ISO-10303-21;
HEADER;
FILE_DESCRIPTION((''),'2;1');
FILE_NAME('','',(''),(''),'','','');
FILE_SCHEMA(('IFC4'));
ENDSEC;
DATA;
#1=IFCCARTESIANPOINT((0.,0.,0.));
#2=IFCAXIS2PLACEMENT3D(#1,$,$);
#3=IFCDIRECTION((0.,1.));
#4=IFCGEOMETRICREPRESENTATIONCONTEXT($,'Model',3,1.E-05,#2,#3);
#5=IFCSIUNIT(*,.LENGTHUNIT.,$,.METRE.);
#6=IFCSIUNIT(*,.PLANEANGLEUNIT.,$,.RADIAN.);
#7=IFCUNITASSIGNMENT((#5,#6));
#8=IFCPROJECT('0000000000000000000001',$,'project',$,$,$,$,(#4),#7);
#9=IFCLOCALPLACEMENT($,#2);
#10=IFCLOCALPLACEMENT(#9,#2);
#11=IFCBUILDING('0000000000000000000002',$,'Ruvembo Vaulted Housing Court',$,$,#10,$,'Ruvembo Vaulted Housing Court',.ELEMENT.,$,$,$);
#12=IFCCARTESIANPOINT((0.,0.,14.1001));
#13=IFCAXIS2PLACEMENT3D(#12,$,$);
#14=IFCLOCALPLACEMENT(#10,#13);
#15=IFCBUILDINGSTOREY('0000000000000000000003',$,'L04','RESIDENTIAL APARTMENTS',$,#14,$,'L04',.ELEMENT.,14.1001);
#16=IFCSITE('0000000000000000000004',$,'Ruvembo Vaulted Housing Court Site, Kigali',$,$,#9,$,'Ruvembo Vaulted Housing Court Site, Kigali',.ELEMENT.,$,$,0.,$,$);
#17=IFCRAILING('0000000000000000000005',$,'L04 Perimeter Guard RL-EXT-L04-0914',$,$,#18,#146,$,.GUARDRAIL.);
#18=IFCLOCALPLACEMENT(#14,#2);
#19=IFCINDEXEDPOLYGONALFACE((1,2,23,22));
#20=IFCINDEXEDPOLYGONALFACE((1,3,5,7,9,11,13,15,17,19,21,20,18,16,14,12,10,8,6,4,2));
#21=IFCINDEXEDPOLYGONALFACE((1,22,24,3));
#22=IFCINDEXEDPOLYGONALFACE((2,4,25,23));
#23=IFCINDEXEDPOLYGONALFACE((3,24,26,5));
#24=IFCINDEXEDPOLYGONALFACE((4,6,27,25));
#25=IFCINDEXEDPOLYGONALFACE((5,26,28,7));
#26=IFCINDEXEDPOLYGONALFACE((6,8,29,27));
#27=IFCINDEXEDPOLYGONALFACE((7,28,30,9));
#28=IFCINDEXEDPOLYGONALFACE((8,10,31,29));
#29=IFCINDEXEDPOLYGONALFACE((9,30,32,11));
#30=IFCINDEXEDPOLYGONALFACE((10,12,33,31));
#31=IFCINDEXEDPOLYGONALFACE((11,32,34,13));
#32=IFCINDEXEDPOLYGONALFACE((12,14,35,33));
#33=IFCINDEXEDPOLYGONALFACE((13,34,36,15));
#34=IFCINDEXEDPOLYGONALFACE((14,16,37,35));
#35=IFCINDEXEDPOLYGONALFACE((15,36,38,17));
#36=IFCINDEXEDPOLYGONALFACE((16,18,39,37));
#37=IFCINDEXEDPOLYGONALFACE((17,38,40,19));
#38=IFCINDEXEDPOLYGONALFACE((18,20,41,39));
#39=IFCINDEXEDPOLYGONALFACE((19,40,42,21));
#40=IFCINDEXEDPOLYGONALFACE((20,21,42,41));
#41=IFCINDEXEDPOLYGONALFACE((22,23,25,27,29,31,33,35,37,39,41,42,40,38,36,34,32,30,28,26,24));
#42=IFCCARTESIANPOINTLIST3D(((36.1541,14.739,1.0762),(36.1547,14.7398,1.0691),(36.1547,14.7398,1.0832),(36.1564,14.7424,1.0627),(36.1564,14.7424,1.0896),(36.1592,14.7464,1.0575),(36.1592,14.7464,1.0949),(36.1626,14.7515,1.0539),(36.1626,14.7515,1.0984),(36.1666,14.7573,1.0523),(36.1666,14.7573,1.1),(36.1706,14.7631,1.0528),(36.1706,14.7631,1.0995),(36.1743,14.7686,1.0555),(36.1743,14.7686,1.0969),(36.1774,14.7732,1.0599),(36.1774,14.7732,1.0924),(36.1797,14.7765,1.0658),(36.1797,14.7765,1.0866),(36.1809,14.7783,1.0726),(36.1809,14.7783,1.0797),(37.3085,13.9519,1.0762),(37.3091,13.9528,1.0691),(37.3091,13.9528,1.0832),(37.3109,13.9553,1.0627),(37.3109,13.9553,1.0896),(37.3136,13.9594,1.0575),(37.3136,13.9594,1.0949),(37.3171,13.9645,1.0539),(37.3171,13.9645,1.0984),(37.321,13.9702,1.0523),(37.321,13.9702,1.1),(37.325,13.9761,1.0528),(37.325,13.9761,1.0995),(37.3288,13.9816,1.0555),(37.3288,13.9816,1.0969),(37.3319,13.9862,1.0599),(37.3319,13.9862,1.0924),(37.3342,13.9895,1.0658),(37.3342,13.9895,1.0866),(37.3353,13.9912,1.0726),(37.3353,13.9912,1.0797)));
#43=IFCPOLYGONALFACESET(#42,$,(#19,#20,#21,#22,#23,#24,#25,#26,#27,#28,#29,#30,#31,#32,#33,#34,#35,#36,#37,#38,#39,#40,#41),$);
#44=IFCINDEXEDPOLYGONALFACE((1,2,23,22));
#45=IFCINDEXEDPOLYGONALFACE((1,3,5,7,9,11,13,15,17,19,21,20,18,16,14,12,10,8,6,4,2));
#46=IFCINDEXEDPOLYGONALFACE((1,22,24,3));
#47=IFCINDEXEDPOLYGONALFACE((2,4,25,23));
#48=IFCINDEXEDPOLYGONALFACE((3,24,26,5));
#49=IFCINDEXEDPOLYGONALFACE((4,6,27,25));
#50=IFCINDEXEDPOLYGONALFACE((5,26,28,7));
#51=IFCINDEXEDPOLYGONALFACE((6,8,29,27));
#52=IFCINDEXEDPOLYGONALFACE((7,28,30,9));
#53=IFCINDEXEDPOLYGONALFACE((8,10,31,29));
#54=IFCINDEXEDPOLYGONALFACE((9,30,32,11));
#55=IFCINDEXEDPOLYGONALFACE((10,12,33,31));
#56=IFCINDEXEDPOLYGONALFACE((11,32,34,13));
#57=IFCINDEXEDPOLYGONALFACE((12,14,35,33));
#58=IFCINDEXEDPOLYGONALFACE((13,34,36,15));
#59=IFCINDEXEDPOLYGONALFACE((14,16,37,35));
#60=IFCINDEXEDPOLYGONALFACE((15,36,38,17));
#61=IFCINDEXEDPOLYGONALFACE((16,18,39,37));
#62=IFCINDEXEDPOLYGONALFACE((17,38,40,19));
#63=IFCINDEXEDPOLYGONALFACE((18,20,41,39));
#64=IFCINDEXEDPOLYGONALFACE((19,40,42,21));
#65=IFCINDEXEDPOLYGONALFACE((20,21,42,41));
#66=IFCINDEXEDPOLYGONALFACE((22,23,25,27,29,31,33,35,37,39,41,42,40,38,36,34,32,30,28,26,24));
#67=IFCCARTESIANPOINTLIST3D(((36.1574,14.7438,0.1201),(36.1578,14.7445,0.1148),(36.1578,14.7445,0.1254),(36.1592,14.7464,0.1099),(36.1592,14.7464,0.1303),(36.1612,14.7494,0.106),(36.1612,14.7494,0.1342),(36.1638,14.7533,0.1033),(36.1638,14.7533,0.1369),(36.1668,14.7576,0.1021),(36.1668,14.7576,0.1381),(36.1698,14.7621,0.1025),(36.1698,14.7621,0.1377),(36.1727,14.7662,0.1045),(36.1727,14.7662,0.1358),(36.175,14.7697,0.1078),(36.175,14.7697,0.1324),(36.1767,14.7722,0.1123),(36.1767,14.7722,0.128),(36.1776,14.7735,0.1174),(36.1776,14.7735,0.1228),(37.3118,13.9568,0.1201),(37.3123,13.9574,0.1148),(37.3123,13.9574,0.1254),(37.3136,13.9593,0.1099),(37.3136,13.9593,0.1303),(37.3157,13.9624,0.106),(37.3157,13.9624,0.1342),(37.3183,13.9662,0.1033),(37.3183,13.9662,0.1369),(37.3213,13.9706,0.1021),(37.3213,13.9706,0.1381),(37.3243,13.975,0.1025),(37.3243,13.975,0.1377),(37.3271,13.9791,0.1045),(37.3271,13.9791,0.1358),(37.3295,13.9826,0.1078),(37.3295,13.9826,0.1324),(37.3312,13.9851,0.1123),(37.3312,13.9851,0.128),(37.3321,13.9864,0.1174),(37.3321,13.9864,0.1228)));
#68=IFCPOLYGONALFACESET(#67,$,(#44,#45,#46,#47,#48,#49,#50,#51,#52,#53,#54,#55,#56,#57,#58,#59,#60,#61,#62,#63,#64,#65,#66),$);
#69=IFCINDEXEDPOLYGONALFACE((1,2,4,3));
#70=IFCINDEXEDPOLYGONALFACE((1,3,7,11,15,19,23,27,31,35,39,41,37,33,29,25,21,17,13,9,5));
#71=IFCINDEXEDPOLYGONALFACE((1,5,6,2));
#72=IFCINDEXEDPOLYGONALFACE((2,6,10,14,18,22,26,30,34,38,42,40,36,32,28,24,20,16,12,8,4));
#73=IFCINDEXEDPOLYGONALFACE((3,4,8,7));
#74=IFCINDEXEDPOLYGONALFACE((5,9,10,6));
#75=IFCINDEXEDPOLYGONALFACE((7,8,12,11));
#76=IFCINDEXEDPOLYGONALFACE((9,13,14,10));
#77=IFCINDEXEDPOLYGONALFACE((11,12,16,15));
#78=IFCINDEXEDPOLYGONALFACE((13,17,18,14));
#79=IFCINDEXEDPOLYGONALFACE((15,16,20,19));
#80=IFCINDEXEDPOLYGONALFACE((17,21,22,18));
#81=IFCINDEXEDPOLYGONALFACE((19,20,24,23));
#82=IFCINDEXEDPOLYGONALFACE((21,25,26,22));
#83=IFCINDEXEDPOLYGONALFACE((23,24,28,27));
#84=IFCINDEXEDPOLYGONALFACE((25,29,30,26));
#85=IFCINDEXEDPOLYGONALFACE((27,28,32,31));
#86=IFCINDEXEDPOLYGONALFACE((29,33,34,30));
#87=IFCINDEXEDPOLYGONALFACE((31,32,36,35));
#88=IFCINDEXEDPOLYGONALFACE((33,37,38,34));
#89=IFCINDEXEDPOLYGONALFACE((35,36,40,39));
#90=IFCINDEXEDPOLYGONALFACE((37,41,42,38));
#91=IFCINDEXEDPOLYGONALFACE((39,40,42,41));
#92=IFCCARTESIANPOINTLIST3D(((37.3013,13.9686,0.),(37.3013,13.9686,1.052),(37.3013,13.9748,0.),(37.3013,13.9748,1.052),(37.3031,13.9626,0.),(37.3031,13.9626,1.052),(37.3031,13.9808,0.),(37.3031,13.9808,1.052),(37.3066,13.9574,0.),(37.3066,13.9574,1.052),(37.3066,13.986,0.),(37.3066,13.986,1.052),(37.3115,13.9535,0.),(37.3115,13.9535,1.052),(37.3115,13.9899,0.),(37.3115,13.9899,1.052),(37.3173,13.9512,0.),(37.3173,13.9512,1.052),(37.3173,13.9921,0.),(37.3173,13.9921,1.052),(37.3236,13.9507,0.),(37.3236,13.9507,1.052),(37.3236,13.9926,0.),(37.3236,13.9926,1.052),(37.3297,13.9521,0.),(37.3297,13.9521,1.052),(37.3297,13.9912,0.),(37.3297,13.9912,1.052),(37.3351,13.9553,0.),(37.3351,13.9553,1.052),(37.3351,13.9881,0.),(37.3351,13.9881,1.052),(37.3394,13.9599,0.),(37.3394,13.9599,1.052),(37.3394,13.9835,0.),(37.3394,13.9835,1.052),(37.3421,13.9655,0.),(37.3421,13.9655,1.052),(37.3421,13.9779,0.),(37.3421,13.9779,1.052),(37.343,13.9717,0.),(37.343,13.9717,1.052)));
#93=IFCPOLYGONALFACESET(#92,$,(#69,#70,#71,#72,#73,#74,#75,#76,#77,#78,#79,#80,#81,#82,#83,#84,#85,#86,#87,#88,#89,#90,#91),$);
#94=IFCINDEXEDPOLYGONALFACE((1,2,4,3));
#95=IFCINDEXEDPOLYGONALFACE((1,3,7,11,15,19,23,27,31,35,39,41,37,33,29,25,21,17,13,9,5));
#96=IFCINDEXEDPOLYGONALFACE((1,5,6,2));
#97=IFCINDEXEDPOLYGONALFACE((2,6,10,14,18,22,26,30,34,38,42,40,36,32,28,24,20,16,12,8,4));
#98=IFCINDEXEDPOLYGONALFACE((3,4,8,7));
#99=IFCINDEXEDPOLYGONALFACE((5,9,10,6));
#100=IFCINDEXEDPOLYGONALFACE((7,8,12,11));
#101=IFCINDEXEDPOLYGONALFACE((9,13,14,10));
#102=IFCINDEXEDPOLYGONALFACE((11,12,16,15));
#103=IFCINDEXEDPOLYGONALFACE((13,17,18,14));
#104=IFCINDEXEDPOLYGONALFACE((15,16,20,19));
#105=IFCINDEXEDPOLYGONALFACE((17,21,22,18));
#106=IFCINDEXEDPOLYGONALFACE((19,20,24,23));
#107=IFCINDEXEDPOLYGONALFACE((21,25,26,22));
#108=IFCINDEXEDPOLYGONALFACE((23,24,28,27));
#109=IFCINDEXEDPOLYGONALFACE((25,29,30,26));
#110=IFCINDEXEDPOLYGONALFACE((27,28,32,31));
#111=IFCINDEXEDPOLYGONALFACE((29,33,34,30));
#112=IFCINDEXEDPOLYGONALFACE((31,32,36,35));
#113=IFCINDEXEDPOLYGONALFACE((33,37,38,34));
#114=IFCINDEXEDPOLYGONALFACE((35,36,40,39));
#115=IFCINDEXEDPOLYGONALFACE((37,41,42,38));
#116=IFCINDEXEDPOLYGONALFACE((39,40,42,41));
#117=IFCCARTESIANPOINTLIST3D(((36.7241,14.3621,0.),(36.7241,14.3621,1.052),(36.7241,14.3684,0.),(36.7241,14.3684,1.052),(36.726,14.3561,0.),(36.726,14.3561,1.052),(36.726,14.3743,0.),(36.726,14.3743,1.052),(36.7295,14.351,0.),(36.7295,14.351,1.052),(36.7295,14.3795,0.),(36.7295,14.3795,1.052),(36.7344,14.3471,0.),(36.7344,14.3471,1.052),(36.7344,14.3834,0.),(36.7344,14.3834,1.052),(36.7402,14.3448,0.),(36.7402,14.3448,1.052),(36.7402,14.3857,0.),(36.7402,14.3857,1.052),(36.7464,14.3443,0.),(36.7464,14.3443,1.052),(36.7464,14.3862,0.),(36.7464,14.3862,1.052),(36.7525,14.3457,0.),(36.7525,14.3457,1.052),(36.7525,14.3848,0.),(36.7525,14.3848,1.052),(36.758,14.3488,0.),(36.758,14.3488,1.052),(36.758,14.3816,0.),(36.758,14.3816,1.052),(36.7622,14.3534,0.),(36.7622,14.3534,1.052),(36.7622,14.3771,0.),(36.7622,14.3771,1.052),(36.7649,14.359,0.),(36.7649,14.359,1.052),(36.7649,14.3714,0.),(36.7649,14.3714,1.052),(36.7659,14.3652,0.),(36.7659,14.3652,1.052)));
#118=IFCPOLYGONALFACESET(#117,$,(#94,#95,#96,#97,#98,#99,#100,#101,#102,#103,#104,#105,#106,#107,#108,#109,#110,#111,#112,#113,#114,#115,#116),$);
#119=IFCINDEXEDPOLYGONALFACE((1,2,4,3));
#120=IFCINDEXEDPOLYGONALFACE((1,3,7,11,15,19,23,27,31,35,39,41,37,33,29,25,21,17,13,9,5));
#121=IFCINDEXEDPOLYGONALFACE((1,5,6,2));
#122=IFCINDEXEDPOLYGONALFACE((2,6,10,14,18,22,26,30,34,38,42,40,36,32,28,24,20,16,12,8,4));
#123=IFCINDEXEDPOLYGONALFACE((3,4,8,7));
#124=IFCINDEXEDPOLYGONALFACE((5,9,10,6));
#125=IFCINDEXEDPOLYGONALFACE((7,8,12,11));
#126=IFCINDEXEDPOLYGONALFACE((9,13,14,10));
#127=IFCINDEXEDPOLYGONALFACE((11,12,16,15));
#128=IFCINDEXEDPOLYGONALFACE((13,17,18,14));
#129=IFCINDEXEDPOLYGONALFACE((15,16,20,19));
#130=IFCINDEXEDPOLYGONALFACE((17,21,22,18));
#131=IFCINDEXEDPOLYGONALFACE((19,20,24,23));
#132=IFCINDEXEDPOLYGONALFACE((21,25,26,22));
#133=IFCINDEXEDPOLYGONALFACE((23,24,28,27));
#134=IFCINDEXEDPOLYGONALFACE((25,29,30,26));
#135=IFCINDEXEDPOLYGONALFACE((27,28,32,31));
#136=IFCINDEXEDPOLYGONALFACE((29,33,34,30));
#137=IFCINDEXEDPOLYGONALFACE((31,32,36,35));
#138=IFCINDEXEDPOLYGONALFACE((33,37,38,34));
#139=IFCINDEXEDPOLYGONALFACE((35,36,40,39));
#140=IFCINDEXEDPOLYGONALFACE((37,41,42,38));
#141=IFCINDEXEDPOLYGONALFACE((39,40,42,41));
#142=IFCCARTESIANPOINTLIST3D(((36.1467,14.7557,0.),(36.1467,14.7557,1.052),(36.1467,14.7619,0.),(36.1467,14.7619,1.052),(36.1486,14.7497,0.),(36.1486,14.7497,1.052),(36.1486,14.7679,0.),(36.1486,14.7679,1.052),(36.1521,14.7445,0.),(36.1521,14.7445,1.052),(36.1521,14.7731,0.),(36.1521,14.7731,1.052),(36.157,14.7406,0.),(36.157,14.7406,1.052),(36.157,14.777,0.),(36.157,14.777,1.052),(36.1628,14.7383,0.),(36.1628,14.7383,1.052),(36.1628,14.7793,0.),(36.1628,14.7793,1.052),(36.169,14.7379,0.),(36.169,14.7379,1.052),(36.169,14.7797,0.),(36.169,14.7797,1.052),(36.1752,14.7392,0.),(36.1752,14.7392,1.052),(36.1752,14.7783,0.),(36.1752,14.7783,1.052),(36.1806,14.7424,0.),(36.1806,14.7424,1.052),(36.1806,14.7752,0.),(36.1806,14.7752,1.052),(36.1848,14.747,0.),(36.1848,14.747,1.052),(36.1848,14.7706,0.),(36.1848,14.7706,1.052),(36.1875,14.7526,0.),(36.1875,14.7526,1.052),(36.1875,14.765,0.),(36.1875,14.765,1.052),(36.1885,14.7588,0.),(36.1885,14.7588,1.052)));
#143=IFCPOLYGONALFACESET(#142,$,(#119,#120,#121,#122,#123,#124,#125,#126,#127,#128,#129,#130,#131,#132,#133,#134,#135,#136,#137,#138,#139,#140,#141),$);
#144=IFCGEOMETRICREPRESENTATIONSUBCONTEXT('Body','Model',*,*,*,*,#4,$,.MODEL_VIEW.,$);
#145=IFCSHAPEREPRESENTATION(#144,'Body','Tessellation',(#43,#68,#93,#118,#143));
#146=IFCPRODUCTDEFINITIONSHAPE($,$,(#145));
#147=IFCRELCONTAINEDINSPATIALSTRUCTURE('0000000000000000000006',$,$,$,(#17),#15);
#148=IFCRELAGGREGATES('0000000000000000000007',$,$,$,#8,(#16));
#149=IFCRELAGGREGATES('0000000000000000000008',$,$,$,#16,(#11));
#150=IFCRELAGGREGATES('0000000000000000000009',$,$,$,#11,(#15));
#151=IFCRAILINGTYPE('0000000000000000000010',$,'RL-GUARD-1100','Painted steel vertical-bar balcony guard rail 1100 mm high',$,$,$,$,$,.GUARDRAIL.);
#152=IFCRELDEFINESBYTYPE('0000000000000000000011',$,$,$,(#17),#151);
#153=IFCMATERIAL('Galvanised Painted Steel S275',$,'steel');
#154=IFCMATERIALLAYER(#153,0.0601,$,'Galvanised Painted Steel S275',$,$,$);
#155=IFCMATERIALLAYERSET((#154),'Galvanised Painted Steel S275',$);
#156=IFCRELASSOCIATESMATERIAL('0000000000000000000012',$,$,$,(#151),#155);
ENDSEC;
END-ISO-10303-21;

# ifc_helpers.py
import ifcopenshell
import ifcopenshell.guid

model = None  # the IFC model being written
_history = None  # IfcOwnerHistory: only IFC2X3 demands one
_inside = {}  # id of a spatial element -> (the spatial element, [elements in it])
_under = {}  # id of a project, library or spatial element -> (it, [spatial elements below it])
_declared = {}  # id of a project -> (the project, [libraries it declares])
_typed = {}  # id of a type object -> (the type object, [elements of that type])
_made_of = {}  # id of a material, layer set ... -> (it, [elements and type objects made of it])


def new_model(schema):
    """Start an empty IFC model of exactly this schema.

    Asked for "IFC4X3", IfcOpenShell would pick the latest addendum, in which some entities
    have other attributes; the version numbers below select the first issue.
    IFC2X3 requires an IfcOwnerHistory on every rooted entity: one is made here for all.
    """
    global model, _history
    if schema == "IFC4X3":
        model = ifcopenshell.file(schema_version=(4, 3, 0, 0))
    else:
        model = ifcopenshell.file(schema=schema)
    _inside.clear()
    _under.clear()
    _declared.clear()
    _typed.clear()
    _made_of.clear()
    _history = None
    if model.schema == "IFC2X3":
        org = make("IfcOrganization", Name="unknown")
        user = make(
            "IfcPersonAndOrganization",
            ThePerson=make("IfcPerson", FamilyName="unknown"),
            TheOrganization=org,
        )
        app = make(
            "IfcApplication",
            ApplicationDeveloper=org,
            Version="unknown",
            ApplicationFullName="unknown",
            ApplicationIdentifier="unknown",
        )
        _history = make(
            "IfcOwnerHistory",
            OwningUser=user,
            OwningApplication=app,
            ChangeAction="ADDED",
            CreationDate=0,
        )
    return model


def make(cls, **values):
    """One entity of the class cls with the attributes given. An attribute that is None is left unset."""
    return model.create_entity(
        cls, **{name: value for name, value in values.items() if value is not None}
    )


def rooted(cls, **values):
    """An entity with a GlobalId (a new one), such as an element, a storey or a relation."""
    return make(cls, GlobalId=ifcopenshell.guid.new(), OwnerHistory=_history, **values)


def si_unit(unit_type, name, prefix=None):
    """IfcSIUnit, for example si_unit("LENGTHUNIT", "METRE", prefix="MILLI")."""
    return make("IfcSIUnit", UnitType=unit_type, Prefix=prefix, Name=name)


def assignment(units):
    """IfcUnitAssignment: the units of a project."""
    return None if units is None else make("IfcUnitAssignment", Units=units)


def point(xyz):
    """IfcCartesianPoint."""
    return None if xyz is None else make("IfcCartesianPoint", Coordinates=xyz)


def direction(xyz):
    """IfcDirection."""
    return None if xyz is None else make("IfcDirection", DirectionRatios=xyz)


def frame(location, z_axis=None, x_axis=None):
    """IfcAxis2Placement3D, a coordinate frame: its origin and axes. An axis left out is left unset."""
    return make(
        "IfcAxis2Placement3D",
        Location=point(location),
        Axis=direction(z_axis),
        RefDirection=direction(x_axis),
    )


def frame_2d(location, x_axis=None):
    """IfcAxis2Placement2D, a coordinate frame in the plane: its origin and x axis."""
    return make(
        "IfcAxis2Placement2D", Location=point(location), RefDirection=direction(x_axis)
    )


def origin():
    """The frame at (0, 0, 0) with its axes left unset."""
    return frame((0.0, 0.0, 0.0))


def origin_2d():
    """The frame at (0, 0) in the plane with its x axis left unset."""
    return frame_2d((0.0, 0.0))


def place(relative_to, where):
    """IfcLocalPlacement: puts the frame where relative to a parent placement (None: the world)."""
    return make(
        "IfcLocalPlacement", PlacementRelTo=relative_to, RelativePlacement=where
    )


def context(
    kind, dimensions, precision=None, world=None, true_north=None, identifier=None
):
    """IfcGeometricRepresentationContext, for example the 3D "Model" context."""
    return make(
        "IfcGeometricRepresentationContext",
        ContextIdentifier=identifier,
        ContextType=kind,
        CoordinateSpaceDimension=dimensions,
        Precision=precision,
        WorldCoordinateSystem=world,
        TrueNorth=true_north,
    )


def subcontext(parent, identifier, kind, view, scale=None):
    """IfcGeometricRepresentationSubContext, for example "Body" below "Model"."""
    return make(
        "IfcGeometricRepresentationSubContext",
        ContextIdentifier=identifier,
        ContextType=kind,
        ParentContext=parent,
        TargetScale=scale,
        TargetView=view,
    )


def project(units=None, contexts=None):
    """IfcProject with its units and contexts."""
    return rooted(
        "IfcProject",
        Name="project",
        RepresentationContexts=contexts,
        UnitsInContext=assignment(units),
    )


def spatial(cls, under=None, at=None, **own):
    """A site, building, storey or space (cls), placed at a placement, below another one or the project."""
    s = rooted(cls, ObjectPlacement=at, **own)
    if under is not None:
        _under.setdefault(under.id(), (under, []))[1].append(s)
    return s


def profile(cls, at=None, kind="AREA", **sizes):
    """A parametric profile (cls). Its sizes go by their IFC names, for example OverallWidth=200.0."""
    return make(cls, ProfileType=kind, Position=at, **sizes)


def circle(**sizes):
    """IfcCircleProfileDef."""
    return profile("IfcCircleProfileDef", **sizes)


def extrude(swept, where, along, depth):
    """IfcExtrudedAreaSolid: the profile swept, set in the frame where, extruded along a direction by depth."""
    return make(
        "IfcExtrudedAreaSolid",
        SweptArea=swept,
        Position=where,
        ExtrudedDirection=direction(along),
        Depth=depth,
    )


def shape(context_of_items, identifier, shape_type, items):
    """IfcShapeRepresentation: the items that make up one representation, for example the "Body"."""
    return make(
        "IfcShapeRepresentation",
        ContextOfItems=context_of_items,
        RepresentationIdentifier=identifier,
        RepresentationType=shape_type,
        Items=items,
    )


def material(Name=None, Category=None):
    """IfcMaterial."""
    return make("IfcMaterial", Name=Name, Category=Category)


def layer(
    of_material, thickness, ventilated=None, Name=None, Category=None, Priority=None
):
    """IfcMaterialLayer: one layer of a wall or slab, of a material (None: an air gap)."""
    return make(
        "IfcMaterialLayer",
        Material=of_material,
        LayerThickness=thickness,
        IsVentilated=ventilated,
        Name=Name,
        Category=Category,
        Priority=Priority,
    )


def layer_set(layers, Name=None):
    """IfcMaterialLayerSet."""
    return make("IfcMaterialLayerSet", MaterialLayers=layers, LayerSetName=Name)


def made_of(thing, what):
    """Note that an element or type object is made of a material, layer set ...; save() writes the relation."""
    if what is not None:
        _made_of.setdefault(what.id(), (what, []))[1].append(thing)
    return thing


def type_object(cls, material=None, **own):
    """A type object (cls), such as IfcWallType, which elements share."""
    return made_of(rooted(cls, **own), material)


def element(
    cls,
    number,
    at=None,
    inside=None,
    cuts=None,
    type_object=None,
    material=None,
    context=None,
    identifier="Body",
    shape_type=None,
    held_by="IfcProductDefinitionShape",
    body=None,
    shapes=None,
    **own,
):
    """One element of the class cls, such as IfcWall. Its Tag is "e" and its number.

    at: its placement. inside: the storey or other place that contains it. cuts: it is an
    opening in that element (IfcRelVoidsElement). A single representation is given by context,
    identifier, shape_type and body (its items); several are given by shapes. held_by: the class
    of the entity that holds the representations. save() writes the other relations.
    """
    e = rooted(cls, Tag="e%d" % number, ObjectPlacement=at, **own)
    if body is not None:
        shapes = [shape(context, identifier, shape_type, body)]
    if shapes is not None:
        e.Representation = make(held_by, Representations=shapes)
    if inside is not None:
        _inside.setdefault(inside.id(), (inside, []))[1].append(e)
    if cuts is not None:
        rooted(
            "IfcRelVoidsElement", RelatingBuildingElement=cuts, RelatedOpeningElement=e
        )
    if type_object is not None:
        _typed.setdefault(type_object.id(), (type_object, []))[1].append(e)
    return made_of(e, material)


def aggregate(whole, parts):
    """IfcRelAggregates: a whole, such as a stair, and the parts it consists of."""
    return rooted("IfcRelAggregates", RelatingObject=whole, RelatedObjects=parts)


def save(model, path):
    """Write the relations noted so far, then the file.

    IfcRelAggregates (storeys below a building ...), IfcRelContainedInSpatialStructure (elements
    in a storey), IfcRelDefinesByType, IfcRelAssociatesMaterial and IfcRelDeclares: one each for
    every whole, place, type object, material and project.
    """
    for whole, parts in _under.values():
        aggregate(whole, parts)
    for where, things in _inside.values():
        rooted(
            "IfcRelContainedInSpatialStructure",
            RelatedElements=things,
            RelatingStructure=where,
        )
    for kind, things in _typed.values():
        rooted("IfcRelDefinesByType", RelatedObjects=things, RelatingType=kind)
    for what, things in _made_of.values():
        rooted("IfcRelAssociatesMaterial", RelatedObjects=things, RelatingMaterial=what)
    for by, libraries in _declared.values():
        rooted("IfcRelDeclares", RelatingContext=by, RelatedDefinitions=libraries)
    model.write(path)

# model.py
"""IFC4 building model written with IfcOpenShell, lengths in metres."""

from ifc_helpers import new_model, si_unit, direction, frame, origin, origin_2d, place, context, subcontext, project, spatial, circle, extrude, material, layer, layer_set, type_object, element, save


model = new_model("IFC4")

# Units and contexts
model_context = context("Model", 3, precision=1e-05, world=origin(), true_north=direction((0.0, 1.0)))
body_context = subcontext(model_context, "Body", "Model", "MODEL_VIEW")
ifc_project = project(units=[si_unit("LENGTHUNIT", "METRE"), si_unit("PLANEANGLEUNIT", "RADIAN")], contexts=[model_context])

# Site, building, storey
site_placement = place(None, origin())
site = spatial("IfcSite", under=ifc_project, at=site_placement, Name="Ruvembo Vaulted Housing Court Site, Kigali", LongName="Ruvembo Vaulted Housing Court Site, Kigali", CompositionType="ELEMENT", RefElevation=0.0)
building_placement = place(site_placement, origin())
building = spatial("IfcBuilding", under=site, at=building_placement, Name="Ruvembo Vaulted Housing Court", LongName="Ruvembo Vaulted Housing Court", CompositionType="ELEMENT")
storey_placement = place(building_placement, frame((0.0, 0.0, 14.1001)))
storey = spatial("IfcBuildingStorey", under=building, at=storey_placement, Name="L04", Description="RESIDENTIAL APARTMENTS", LongName="L04", CompositionType="ELEMENT", Elevation=14.1001)

# Railing
ifc_material_1 = material(Name="Galvanised Painted Steel S275", Category="steel")
ifc_layer_1 = layer(ifc_material_1, 0.0601, Name="Galvanised Painted Steel S275")
ifc_layer_set_1 = layer_set([ifc_layer_1], Name="Galvanised Painted Steel S275")
railing_type_1 = type_object("IfcRailingType", Name="RL-GUARD-1100", Description="Painted steel vertical-bar balcony guard rail 1100 mm high", PredefinedType="GUARDRAIL", material=ifc_layer_set_1)
railing_1_placement = place(storey_placement, frame((37.322, 13.9717, 0.0)))
element("IfcRailing", 1, at=railing_1_placement, inside=storey, type_object=railing_type_1, Name="L04 Perimeter Guard RL-EXT-L04-0914", PredefinedType="GUARDRAIL", context=body_context, shape_type="SweptSolid", body=[
    extrude(circle(Radius=0.0239, at=origin_2d()), frame((0.0, 0.0, 1.0762), z_axis=(-0.826253, 0.563299, 0.0), x_axis=(-0.563299, -0.826253, 0.0)), (0.0, 0.0, 1.0), 1.3972),
    extrude(circle(Radius=0.0181, at=origin_2d()), frame((0.0, 0.0, 0.1201), z_axis=(-0.826253, 0.563299, 0.0), x_axis=(-0.563299, -0.826253, 0.0)), (0.0, 0.0, 1.0), 1.3972),
    extrude(circle(Radius=0.021, at=origin_2d()), origin(), (0.0, 0.0, 1.0), 1.052),
    extrude(circle(Radius=0.021, at=origin_2d()), frame((-0.5771, 0.3936, 0.0)), (0.0, 0.0, 1.0), 1.052),
    extrude(circle(Radius=0.021, at=origin_2d()), frame((-1.1545, 0.7871, 0.0)), (0.0, 0.0, 1.0), 1.052),
])

save(model, "model.ifc")
